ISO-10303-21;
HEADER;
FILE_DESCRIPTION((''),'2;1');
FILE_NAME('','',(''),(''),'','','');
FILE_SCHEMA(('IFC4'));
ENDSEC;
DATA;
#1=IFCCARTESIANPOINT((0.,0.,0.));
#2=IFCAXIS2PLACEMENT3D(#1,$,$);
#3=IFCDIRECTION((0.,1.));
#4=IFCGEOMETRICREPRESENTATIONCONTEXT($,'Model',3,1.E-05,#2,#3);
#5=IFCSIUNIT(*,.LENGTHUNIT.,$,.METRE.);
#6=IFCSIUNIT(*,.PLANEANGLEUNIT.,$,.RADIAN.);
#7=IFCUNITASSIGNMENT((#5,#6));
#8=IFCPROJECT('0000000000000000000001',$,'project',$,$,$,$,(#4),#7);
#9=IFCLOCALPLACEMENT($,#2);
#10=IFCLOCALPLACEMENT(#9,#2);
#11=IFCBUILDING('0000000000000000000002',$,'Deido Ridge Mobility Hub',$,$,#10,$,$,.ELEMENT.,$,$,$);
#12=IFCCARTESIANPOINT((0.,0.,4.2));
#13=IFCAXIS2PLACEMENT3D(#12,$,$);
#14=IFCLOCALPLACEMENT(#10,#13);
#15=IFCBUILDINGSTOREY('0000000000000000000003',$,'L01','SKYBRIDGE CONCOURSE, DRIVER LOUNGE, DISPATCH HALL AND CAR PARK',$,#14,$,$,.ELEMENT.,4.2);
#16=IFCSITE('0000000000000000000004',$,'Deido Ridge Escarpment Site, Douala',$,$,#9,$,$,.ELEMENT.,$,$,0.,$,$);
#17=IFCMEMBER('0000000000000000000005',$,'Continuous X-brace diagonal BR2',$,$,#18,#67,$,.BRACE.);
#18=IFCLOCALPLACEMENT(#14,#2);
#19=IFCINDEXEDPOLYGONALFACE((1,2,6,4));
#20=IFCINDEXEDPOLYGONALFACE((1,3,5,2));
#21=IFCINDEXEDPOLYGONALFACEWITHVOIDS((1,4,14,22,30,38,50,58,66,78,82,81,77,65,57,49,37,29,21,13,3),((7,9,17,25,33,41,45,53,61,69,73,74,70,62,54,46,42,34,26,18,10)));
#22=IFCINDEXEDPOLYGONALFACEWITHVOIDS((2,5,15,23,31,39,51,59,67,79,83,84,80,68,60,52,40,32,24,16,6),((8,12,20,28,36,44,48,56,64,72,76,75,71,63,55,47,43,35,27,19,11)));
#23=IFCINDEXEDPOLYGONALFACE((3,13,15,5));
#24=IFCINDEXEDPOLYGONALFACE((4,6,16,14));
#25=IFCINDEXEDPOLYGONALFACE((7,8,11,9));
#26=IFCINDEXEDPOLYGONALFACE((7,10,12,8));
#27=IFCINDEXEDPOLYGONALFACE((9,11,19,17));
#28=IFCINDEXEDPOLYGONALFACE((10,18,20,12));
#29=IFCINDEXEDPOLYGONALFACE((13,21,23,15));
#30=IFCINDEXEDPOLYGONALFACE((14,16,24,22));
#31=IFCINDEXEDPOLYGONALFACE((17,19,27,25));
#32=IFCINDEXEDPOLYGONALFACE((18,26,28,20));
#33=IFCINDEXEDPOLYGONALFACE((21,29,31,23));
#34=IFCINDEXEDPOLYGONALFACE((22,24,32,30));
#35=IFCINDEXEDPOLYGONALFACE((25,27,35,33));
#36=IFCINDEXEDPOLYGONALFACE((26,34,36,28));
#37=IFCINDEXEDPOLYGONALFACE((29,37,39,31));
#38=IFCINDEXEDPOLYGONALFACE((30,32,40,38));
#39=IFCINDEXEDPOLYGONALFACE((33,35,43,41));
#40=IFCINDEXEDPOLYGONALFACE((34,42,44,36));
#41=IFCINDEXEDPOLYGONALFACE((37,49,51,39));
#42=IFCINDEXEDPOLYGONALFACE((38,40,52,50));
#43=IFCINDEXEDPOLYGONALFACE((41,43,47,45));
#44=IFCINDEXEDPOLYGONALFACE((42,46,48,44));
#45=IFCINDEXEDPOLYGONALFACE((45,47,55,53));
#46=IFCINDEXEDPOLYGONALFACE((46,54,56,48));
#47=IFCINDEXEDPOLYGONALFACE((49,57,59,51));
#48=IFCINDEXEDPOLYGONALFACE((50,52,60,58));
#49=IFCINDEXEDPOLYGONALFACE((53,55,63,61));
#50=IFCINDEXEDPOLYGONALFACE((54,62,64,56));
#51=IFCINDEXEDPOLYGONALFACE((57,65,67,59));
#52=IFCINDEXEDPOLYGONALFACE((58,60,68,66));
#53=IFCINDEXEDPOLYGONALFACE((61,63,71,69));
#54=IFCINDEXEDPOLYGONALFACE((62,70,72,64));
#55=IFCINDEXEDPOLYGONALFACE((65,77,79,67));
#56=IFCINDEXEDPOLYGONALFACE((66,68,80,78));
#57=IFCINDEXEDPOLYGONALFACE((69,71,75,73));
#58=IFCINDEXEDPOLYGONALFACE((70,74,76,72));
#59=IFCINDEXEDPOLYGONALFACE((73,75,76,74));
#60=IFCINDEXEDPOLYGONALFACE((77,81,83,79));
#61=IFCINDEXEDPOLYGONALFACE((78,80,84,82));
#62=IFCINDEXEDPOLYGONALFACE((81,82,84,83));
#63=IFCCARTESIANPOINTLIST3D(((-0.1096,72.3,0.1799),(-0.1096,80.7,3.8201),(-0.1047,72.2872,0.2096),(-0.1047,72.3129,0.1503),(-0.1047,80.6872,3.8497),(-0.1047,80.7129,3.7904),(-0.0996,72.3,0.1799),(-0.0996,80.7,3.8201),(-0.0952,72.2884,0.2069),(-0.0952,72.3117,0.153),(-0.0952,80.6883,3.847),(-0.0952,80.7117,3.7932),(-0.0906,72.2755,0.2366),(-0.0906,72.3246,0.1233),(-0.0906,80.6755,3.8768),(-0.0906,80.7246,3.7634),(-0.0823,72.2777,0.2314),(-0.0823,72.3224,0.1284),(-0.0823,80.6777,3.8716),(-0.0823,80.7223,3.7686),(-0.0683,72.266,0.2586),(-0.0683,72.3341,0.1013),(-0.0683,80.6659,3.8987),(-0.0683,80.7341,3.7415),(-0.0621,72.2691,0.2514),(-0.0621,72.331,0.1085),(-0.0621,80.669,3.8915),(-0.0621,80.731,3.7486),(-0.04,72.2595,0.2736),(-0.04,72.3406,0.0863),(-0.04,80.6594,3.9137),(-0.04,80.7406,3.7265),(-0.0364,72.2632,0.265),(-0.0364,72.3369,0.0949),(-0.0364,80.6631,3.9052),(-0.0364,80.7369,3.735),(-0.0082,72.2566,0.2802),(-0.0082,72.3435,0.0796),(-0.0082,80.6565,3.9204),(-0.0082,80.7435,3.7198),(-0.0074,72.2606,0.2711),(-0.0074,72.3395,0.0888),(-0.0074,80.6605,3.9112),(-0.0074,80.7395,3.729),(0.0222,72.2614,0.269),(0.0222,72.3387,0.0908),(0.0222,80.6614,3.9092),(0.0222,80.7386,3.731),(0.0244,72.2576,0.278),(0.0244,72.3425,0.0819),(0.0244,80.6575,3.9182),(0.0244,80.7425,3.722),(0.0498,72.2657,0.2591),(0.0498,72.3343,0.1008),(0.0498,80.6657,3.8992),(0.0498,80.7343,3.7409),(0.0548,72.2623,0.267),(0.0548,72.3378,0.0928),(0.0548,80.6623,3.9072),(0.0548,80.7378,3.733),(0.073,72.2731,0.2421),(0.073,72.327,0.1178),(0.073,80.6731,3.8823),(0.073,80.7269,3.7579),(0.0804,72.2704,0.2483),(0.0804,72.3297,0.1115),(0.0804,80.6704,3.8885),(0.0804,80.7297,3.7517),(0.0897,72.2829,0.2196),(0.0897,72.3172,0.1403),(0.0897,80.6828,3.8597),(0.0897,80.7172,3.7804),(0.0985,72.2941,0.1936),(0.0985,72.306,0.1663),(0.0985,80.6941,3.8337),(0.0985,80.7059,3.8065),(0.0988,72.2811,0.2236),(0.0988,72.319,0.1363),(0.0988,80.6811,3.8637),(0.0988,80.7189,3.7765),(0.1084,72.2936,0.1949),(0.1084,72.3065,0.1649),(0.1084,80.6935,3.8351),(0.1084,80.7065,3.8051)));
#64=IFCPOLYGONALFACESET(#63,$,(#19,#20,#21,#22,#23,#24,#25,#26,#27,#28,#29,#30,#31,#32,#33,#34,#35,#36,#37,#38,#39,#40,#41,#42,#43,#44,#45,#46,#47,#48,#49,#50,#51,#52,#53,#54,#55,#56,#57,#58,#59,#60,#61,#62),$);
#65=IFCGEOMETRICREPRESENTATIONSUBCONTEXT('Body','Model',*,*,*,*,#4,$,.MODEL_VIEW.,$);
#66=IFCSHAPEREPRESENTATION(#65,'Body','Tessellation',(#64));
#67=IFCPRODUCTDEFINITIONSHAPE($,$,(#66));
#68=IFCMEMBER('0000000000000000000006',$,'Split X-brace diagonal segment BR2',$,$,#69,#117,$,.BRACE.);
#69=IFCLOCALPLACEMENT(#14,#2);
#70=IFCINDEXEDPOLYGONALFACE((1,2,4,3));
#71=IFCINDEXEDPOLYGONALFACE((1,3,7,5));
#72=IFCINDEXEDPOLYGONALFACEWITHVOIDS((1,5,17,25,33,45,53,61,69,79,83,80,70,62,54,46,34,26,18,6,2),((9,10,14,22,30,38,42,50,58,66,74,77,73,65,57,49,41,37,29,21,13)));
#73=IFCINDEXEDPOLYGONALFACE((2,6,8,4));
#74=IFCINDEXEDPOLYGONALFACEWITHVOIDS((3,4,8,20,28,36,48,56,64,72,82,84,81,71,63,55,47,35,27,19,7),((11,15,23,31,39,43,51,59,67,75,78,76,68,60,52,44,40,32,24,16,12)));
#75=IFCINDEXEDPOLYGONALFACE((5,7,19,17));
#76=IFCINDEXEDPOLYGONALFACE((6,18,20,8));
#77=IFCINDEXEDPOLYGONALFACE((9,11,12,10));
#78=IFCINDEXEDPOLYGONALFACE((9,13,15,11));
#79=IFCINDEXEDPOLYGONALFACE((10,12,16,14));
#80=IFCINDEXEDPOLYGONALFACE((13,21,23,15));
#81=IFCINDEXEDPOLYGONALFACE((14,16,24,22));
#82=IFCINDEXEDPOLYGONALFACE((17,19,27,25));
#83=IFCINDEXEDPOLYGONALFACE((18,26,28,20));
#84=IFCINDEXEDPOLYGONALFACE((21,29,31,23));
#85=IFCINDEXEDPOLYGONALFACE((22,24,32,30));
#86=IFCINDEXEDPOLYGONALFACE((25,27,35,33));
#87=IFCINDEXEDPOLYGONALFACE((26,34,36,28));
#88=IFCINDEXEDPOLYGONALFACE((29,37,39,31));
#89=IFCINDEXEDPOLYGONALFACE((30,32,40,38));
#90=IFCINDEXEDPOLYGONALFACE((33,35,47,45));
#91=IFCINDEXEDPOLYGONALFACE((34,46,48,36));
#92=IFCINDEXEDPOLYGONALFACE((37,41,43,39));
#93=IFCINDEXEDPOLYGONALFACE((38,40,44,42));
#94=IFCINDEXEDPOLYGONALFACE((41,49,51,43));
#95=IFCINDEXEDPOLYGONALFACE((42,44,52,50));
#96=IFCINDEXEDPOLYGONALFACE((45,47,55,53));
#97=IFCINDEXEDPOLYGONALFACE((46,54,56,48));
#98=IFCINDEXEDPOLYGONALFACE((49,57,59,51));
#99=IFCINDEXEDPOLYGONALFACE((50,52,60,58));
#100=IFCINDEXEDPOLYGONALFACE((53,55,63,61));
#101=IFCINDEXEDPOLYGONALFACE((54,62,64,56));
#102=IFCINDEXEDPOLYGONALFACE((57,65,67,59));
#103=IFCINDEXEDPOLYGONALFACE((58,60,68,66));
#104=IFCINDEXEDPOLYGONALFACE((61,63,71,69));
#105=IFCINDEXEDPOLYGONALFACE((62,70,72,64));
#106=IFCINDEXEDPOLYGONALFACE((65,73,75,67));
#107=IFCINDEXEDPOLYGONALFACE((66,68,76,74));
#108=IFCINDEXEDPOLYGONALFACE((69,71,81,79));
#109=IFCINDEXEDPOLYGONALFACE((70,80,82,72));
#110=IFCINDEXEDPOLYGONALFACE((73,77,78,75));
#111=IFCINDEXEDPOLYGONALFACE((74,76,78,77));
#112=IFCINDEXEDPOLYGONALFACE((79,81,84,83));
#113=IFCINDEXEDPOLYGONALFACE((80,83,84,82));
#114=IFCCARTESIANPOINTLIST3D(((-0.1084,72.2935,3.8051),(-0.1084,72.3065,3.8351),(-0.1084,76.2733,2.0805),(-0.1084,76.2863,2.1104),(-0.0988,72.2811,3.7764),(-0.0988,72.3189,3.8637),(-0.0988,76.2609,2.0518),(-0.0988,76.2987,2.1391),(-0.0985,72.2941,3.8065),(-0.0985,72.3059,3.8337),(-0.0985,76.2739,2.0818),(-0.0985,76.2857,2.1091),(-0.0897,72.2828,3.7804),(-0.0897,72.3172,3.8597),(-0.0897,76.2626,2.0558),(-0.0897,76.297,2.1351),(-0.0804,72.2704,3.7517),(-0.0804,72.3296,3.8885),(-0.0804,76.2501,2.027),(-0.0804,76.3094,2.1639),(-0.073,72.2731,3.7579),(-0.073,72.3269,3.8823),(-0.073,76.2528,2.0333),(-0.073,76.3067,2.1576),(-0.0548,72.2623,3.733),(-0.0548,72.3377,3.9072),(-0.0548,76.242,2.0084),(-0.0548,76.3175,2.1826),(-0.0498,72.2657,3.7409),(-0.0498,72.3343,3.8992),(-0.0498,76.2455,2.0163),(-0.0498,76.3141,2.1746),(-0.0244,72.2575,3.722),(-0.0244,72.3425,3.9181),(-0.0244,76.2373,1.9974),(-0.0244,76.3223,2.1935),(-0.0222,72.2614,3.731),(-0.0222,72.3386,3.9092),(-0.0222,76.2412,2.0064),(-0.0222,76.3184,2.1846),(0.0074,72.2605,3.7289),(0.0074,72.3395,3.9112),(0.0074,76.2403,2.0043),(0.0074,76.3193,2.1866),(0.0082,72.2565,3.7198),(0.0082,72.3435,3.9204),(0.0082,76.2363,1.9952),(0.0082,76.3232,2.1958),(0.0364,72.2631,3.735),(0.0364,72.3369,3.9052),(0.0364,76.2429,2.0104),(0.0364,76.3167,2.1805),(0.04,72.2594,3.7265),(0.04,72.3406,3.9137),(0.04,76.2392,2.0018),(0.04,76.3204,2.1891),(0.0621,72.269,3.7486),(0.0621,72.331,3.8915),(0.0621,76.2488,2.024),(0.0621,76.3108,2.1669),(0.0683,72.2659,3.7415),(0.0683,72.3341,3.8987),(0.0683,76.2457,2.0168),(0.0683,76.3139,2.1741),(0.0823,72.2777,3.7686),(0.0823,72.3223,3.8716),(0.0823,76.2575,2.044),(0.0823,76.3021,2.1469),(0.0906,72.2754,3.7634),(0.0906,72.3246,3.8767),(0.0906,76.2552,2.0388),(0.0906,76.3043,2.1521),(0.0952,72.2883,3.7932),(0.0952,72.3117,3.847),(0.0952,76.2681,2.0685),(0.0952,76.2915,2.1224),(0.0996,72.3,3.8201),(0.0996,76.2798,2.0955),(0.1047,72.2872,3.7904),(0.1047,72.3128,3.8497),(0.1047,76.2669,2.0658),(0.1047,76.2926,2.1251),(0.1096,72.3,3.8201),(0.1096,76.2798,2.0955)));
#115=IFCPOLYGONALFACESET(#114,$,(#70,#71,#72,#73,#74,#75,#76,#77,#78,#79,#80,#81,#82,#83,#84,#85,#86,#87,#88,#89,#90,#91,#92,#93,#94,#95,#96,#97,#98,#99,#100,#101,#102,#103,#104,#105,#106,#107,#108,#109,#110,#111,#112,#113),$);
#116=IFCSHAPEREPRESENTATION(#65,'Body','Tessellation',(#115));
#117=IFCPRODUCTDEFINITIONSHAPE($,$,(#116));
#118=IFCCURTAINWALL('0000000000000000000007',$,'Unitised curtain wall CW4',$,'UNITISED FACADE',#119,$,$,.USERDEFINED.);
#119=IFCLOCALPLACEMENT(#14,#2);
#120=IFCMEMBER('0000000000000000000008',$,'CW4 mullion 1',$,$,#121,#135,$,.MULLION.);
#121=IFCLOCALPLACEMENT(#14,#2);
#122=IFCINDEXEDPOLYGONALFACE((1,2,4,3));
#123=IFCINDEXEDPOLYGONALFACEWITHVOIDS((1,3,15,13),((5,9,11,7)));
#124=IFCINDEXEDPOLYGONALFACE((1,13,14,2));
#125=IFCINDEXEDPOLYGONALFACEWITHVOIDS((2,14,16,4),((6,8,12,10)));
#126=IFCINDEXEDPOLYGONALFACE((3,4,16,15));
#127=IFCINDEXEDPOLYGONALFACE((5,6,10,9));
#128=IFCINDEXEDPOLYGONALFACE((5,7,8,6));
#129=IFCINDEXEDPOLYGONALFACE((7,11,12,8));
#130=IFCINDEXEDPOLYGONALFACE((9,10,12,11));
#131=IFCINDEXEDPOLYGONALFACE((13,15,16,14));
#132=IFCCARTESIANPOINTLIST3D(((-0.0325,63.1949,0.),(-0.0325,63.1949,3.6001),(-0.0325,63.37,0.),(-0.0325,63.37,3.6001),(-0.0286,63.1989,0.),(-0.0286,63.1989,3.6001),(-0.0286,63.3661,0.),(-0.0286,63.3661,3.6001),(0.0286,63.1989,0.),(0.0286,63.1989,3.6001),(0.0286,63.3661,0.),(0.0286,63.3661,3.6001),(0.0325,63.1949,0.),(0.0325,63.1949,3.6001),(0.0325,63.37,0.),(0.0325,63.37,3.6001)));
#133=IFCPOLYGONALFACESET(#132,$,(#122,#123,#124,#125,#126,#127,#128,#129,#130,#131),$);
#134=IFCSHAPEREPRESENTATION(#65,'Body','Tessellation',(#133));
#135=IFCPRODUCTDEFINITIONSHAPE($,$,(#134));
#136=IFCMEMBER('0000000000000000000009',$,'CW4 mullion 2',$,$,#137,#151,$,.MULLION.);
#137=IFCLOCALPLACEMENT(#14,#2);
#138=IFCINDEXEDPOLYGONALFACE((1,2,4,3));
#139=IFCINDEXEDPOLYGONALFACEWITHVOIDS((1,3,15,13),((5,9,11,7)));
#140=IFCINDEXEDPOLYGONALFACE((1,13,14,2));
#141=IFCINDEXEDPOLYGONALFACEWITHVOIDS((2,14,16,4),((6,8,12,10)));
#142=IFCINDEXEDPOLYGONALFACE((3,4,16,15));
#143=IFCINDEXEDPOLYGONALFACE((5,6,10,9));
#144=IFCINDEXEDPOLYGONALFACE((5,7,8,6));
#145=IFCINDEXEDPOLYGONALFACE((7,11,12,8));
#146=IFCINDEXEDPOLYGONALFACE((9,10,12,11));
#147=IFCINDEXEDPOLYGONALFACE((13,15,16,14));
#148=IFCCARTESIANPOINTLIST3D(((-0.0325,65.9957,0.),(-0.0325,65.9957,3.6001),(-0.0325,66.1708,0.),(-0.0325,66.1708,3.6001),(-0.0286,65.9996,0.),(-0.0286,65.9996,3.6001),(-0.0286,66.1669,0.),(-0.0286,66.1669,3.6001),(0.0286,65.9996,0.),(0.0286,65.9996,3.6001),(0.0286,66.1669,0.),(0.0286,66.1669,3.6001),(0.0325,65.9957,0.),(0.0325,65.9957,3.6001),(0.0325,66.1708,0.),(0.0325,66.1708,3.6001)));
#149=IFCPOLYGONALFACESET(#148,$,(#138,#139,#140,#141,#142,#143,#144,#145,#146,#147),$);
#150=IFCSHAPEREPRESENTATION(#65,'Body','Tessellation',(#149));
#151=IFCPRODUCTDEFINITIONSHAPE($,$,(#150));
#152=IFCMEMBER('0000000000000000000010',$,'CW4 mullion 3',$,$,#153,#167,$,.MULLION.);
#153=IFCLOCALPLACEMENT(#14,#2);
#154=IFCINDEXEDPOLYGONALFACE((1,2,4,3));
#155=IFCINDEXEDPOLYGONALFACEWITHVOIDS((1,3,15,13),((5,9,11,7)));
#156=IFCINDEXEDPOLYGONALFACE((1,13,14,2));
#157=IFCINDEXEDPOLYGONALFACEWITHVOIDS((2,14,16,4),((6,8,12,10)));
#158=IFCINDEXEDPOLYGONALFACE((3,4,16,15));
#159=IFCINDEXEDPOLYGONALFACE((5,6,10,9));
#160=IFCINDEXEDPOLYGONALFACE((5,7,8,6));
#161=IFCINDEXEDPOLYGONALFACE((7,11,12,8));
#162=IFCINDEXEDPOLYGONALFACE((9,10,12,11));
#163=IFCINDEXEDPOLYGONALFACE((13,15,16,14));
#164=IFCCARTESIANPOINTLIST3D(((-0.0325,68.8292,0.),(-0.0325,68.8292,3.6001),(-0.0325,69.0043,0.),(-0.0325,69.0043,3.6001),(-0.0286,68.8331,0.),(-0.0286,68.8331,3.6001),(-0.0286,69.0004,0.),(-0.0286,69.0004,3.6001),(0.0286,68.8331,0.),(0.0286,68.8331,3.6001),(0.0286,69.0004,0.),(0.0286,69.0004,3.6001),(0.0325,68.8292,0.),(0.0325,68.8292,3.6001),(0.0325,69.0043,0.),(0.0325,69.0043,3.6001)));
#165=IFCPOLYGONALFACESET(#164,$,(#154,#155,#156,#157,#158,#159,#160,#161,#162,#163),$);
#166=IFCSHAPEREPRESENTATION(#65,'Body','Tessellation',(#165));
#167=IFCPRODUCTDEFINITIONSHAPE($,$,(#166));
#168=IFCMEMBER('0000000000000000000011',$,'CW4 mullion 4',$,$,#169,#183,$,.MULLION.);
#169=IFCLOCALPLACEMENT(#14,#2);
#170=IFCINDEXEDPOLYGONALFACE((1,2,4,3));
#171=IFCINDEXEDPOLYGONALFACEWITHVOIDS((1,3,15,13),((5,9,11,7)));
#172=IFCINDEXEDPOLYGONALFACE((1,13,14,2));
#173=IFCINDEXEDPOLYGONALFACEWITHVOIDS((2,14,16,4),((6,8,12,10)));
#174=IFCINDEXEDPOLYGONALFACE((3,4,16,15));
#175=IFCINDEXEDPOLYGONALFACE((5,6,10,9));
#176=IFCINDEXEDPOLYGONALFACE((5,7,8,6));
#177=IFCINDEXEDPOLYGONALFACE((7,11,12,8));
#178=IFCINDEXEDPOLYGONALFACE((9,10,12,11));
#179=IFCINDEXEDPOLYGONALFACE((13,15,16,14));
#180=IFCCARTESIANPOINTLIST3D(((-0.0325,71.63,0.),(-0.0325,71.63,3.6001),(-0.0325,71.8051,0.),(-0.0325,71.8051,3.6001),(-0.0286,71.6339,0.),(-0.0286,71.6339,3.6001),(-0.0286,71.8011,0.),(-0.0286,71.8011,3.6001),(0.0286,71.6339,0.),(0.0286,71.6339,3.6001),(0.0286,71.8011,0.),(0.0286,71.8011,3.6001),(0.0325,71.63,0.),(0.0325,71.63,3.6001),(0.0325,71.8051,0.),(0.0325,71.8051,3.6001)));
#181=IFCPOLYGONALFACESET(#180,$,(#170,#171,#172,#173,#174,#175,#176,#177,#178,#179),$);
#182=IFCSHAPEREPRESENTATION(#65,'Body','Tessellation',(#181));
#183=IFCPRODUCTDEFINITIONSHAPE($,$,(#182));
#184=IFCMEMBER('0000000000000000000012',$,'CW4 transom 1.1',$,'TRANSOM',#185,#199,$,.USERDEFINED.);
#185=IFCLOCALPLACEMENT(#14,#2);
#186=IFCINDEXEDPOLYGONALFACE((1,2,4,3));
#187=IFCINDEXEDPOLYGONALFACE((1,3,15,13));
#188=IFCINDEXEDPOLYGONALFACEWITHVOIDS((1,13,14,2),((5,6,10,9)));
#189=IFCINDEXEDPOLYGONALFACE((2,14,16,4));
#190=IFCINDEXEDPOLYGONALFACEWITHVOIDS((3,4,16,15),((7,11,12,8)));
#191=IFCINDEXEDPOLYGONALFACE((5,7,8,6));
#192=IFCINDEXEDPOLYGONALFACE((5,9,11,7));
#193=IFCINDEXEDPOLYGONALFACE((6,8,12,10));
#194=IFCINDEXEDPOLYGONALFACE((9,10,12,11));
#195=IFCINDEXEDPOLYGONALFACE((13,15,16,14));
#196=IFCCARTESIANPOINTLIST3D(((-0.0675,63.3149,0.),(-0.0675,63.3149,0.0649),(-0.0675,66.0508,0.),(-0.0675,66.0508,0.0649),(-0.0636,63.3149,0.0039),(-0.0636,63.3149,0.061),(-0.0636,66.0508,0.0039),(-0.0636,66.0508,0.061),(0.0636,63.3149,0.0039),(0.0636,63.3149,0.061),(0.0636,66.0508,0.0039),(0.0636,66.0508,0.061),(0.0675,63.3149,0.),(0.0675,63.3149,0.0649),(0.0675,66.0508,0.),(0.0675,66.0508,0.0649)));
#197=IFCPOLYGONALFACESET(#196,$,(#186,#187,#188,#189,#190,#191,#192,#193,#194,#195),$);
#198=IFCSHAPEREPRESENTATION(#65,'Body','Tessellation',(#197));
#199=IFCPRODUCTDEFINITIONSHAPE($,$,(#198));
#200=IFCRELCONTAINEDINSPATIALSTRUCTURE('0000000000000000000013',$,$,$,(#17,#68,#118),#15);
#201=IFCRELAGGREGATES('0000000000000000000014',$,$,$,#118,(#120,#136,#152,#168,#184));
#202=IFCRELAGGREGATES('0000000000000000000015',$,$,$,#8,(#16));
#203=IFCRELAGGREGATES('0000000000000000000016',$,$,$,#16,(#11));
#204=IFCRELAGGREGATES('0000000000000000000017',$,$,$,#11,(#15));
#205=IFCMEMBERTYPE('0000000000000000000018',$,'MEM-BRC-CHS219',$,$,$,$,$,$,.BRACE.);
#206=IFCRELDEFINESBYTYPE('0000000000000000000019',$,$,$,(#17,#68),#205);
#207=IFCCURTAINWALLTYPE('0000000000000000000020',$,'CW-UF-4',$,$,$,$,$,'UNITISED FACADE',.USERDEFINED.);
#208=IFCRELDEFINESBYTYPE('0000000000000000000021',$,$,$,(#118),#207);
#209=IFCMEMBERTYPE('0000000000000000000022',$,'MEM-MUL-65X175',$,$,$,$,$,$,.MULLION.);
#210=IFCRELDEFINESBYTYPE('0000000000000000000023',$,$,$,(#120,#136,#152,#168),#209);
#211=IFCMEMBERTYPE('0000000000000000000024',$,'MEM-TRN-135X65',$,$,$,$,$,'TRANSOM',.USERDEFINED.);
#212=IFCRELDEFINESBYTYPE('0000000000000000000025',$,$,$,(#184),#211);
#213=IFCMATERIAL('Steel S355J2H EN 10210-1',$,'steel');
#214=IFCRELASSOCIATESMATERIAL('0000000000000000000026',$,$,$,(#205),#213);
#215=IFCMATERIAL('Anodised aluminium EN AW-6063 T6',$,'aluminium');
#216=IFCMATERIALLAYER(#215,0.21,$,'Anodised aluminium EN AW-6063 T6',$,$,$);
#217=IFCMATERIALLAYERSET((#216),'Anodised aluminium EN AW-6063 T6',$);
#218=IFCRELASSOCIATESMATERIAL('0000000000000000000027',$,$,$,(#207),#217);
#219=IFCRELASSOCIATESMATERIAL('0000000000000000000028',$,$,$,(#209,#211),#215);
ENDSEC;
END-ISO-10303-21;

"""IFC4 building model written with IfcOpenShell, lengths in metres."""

from ifc_helpers import new_model, si_unit, direction, frame, origin, origin_2d, place, context, subcontext, project, spatial, hollow_rectangle, hollow_circle, extrude, material, layer, layer_set, material_profile, profile_set, type_object, element, aggregate, save


model = new_model("IFC4")

# Units and contexts
model_context = context("Model", 3, precision=1e-05, world=origin(), true_north=direction((0.0, 1.0)))
body_context = subcontext(model_context, "Body", "Model", "MODEL_VIEW")
ifc_project = project(units=[si_unit("LENGTHUNIT", "METRE"), si_unit("PLANEANGLEUNIT", "RADIAN")], contexts=[model_context])

# Site, building, storey
site_placement = place(None, origin())
site = spatial("IfcSite", under=ifc_project, at=site_placement, Name="Deido Ridge Escarpment Site, Douala", CompositionType="ELEMENT", RefElevation=0.0)
building_placement = place(site_placement, origin())
building = spatial("IfcBuilding", under=site, at=building_placement, Name="Deido Ridge Mobility Hub", CompositionType="ELEMENT")
storey_placement = place(building_placement, frame((0.0, 0.0, 4.2)))
storey = spatial("IfcBuildingStorey", under=building, at=storey_placement, Name="L01", Description="SKYBRIDGE CONCOURSE, DRIVER LOUNGE, DISPATCH HALL AND CAR PARK", CompositionType="ELEMENT", Elevation=4.2)

# Members
ifc_material_1 = material(Name="Steel S355J2H EN 10210-1", Category="steel")
ifc_material_profile_1 = material_profile(ifc_material_1, hollow_circle(Radius=0.1096, WallThickness=0.01, at=origin_2d()), Name="CHS 219.1x10")
ifc_profile_set_1 = profile_set([ifc_material_profile_1], Name="Steel S355J2H EN 10210-1")
member_type_1 = type_object("IfcMemberType", Name="MEM-BRC-CHS219", PredefinedType="BRACE", material=ifc_profile_set_1)
member_1_placement = place(storey_placement, frame((0.0, 72.3, 0.1799), z_axis=(0.0, 0.917548, 0.397624), x_axis=(-1.0, 0.0, 0.0)))
element("IfcMember", 1, at=member_1_placement, inside=storey, type_object=member_type_1, Name="Continuous X-brace diagonal BR2", PredefinedType="BRACE", context=body_context, shape_type="SweptSolid", body=[
    extrude(hollow_circle(Radius=0.1096, WallThickness=0.01, at=origin_2d()), origin(), (0.0, 0.0, 1.0), 9.1548),
])
member_2_placement = place(storey_placement, frame((0.0, 76.2798, 2.0955), z_axis=(0.0, -0.917551, 0.397618), x_axis=(1.0, 0.0, 0.0)))
element("IfcMember", 2, at=member_2_placement, inside=storey, type_object=member_type_1, Name="Split X-brace diagonal segment BR2", PredefinedType="BRACE", context=body_context, shape_type="SweptSolid", body=[
    extrude(hollow_circle(Radius=0.1096, WallThickness=0.01, at=origin_2d()), origin(), (0.0, 0.0, 1.0), 4.3374),
])

# Curtain wall, members
ifc_material_2 = material(Name="Anodised aluminium EN AW-6063 T6", Category="aluminium")
ifc_layer_1 = layer(ifc_material_2, 0.21, Name="Anodised aluminium EN AW-6063 T6")
ifc_layer_set_1 = layer_set([ifc_layer_1], Name="Anodised aluminium EN AW-6063 T6")
curtain_wall_type = type_object("IfcCurtainWallType", Name="CW-UF-4", ElementType="UNITISED FACADE", PredefinedType="USERDEFINED", material=ifc_layer_set_1)
curtain_wall_placement = place(storey_placement, origin())
curtain_wall = element("IfcCurtainWall", 3, at=curtain_wall_placement, inside=storey, type_object=curtain_wall_type, Name="Unitised curtain wall CW4", ObjectType="UNITISED FACADE", PredefinedType="USERDEFINED")
ifc_material_profile_2 = material_profile(ifc_material_2, hollow_rectangle(XDim=0.0649, YDim=0.175, WallThickness=0.0039, at=origin_2d()), Name="RHS 65x175x4")
ifc_profile_set_2 = profile_set([ifc_material_profile_2], Name="Anodised aluminium EN AW-6063 T6")
member_type_2 = type_object("IfcMemberType", Name="MEM-MUL-65X175", PredefinedType="MULLION", material=ifc_profile_set_2)
member_3_placement = place(storey_placement, frame((0.0, 63.2825, 0.0), z_axis=(0.0, 0.0, 1.0), x_axis=(-1.0, 0.0, 0.0)))
member_3 = element("IfcMember", 4, at=member_3_placement, type_object=member_type_2, Name="CW4 mullion 1", PredefinedType="MULLION", context=body_context, shape_type="SweptSolid", body=[
    extrude(hollow_rectangle(XDim=0.0649, YDim=0.175, WallThickness=0.0039, at=origin_2d()), origin(), (0.0, 0.0, 1.0), 3.6001),
])
member_4_placement = place(storey_placement, frame((0.0, 66.0833, 0.0), z_axis=(0.0, 0.0, 1.0), x_axis=(-1.0, 0.0, 0.0)))
member_4 = element("IfcMember", 5, at=member_4_placement, type_object=member_type_2, Name="CW4 mullion 2", PredefinedType="MULLION", context=body_context, shape_type="SweptSolid", body=[
    extrude(hollow_rectangle(XDim=0.0649, YDim=0.175, WallThickness=0.0039, at=origin_2d()), origin(), (0.0, 0.0, 1.0), 3.6001),
])
member_5_placement = place(storey_placement, frame((0.0, 68.9167, 0.0), z_axis=(0.0, 0.0, 1.0), x_axis=(-1.0, 0.0, 0.0)))
member_5 = element("IfcMember", 6, at=member_5_placement, type_object=member_type_2, Name="CW4 mullion 3", PredefinedType="MULLION", context=body_context, shape_type="SweptSolid", body=[
    extrude(hollow_rectangle(XDim=0.0649, YDim=0.175, WallThickness=0.0039, at=origin_2d()), origin(), (0.0, 0.0, 1.0), 3.6001),
])
member_6_placement = place(storey_placement, frame((0.0, 71.7175, 0.0), z_axis=(0.0, 0.0, 1.0), x_axis=(-1.0, 0.0, 0.0)))
member_6 = element("IfcMember", 7, at=member_6_placement, type_object=member_type_2, Name="CW4 mullion 4", PredefinedType="MULLION", context=body_context, shape_type="SweptSolid", body=[
    extrude(hollow_rectangle(XDim=0.0649, YDim=0.175, WallThickness=0.0039, at=origin_2d()), origin(), (0.0, 0.0, 1.0), 3.6001),
])
ifc_material_profile_3 = material_profile(ifc_material_2, hollow_rectangle(XDim=0.135, YDim=0.0649, WallThickness=0.0039, at=origin_2d()), Name="RHS 135x65x4")
ifc_profile_set_3 = profile_set([ifc_material_profile_3], Name="Anodised aluminium EN AW-6063 T6")
member_type_3 = type_object("IfcMemberType", Name="MEM-TRN-135X65", ElementType="TRANSOM", PredefinedType="USERDEFINED", material=ifc_profile_set_3)
member_7_placement = place(storey_placement, frame((0.0, 63.3149, 0.0325), z_axis=(0.0, 1.0, 0.0), x_axis=(-1.0, 0.0, 0.0)))
member_7 = element("IfcMember", 8, at=member_7_placement, type_object=member_type_3, Name="CW4 transom 1.1", ObjectType="TRANSOM", PredefinedType="USERDEFINED", context=body_context, shape_type="SweptSolid", body=[
    extrude(hollow_rectangle(XDim=0.135, YDim=0.0649, WallThickness=0.0039, at=origin_2d()), origin(), (0.0, 0.0, 1.0), 2.7358),
])

aggregate(curtain_wall, [member_3, member_4, member_5, member_6, member_7])

save(model, "model.ifc")
